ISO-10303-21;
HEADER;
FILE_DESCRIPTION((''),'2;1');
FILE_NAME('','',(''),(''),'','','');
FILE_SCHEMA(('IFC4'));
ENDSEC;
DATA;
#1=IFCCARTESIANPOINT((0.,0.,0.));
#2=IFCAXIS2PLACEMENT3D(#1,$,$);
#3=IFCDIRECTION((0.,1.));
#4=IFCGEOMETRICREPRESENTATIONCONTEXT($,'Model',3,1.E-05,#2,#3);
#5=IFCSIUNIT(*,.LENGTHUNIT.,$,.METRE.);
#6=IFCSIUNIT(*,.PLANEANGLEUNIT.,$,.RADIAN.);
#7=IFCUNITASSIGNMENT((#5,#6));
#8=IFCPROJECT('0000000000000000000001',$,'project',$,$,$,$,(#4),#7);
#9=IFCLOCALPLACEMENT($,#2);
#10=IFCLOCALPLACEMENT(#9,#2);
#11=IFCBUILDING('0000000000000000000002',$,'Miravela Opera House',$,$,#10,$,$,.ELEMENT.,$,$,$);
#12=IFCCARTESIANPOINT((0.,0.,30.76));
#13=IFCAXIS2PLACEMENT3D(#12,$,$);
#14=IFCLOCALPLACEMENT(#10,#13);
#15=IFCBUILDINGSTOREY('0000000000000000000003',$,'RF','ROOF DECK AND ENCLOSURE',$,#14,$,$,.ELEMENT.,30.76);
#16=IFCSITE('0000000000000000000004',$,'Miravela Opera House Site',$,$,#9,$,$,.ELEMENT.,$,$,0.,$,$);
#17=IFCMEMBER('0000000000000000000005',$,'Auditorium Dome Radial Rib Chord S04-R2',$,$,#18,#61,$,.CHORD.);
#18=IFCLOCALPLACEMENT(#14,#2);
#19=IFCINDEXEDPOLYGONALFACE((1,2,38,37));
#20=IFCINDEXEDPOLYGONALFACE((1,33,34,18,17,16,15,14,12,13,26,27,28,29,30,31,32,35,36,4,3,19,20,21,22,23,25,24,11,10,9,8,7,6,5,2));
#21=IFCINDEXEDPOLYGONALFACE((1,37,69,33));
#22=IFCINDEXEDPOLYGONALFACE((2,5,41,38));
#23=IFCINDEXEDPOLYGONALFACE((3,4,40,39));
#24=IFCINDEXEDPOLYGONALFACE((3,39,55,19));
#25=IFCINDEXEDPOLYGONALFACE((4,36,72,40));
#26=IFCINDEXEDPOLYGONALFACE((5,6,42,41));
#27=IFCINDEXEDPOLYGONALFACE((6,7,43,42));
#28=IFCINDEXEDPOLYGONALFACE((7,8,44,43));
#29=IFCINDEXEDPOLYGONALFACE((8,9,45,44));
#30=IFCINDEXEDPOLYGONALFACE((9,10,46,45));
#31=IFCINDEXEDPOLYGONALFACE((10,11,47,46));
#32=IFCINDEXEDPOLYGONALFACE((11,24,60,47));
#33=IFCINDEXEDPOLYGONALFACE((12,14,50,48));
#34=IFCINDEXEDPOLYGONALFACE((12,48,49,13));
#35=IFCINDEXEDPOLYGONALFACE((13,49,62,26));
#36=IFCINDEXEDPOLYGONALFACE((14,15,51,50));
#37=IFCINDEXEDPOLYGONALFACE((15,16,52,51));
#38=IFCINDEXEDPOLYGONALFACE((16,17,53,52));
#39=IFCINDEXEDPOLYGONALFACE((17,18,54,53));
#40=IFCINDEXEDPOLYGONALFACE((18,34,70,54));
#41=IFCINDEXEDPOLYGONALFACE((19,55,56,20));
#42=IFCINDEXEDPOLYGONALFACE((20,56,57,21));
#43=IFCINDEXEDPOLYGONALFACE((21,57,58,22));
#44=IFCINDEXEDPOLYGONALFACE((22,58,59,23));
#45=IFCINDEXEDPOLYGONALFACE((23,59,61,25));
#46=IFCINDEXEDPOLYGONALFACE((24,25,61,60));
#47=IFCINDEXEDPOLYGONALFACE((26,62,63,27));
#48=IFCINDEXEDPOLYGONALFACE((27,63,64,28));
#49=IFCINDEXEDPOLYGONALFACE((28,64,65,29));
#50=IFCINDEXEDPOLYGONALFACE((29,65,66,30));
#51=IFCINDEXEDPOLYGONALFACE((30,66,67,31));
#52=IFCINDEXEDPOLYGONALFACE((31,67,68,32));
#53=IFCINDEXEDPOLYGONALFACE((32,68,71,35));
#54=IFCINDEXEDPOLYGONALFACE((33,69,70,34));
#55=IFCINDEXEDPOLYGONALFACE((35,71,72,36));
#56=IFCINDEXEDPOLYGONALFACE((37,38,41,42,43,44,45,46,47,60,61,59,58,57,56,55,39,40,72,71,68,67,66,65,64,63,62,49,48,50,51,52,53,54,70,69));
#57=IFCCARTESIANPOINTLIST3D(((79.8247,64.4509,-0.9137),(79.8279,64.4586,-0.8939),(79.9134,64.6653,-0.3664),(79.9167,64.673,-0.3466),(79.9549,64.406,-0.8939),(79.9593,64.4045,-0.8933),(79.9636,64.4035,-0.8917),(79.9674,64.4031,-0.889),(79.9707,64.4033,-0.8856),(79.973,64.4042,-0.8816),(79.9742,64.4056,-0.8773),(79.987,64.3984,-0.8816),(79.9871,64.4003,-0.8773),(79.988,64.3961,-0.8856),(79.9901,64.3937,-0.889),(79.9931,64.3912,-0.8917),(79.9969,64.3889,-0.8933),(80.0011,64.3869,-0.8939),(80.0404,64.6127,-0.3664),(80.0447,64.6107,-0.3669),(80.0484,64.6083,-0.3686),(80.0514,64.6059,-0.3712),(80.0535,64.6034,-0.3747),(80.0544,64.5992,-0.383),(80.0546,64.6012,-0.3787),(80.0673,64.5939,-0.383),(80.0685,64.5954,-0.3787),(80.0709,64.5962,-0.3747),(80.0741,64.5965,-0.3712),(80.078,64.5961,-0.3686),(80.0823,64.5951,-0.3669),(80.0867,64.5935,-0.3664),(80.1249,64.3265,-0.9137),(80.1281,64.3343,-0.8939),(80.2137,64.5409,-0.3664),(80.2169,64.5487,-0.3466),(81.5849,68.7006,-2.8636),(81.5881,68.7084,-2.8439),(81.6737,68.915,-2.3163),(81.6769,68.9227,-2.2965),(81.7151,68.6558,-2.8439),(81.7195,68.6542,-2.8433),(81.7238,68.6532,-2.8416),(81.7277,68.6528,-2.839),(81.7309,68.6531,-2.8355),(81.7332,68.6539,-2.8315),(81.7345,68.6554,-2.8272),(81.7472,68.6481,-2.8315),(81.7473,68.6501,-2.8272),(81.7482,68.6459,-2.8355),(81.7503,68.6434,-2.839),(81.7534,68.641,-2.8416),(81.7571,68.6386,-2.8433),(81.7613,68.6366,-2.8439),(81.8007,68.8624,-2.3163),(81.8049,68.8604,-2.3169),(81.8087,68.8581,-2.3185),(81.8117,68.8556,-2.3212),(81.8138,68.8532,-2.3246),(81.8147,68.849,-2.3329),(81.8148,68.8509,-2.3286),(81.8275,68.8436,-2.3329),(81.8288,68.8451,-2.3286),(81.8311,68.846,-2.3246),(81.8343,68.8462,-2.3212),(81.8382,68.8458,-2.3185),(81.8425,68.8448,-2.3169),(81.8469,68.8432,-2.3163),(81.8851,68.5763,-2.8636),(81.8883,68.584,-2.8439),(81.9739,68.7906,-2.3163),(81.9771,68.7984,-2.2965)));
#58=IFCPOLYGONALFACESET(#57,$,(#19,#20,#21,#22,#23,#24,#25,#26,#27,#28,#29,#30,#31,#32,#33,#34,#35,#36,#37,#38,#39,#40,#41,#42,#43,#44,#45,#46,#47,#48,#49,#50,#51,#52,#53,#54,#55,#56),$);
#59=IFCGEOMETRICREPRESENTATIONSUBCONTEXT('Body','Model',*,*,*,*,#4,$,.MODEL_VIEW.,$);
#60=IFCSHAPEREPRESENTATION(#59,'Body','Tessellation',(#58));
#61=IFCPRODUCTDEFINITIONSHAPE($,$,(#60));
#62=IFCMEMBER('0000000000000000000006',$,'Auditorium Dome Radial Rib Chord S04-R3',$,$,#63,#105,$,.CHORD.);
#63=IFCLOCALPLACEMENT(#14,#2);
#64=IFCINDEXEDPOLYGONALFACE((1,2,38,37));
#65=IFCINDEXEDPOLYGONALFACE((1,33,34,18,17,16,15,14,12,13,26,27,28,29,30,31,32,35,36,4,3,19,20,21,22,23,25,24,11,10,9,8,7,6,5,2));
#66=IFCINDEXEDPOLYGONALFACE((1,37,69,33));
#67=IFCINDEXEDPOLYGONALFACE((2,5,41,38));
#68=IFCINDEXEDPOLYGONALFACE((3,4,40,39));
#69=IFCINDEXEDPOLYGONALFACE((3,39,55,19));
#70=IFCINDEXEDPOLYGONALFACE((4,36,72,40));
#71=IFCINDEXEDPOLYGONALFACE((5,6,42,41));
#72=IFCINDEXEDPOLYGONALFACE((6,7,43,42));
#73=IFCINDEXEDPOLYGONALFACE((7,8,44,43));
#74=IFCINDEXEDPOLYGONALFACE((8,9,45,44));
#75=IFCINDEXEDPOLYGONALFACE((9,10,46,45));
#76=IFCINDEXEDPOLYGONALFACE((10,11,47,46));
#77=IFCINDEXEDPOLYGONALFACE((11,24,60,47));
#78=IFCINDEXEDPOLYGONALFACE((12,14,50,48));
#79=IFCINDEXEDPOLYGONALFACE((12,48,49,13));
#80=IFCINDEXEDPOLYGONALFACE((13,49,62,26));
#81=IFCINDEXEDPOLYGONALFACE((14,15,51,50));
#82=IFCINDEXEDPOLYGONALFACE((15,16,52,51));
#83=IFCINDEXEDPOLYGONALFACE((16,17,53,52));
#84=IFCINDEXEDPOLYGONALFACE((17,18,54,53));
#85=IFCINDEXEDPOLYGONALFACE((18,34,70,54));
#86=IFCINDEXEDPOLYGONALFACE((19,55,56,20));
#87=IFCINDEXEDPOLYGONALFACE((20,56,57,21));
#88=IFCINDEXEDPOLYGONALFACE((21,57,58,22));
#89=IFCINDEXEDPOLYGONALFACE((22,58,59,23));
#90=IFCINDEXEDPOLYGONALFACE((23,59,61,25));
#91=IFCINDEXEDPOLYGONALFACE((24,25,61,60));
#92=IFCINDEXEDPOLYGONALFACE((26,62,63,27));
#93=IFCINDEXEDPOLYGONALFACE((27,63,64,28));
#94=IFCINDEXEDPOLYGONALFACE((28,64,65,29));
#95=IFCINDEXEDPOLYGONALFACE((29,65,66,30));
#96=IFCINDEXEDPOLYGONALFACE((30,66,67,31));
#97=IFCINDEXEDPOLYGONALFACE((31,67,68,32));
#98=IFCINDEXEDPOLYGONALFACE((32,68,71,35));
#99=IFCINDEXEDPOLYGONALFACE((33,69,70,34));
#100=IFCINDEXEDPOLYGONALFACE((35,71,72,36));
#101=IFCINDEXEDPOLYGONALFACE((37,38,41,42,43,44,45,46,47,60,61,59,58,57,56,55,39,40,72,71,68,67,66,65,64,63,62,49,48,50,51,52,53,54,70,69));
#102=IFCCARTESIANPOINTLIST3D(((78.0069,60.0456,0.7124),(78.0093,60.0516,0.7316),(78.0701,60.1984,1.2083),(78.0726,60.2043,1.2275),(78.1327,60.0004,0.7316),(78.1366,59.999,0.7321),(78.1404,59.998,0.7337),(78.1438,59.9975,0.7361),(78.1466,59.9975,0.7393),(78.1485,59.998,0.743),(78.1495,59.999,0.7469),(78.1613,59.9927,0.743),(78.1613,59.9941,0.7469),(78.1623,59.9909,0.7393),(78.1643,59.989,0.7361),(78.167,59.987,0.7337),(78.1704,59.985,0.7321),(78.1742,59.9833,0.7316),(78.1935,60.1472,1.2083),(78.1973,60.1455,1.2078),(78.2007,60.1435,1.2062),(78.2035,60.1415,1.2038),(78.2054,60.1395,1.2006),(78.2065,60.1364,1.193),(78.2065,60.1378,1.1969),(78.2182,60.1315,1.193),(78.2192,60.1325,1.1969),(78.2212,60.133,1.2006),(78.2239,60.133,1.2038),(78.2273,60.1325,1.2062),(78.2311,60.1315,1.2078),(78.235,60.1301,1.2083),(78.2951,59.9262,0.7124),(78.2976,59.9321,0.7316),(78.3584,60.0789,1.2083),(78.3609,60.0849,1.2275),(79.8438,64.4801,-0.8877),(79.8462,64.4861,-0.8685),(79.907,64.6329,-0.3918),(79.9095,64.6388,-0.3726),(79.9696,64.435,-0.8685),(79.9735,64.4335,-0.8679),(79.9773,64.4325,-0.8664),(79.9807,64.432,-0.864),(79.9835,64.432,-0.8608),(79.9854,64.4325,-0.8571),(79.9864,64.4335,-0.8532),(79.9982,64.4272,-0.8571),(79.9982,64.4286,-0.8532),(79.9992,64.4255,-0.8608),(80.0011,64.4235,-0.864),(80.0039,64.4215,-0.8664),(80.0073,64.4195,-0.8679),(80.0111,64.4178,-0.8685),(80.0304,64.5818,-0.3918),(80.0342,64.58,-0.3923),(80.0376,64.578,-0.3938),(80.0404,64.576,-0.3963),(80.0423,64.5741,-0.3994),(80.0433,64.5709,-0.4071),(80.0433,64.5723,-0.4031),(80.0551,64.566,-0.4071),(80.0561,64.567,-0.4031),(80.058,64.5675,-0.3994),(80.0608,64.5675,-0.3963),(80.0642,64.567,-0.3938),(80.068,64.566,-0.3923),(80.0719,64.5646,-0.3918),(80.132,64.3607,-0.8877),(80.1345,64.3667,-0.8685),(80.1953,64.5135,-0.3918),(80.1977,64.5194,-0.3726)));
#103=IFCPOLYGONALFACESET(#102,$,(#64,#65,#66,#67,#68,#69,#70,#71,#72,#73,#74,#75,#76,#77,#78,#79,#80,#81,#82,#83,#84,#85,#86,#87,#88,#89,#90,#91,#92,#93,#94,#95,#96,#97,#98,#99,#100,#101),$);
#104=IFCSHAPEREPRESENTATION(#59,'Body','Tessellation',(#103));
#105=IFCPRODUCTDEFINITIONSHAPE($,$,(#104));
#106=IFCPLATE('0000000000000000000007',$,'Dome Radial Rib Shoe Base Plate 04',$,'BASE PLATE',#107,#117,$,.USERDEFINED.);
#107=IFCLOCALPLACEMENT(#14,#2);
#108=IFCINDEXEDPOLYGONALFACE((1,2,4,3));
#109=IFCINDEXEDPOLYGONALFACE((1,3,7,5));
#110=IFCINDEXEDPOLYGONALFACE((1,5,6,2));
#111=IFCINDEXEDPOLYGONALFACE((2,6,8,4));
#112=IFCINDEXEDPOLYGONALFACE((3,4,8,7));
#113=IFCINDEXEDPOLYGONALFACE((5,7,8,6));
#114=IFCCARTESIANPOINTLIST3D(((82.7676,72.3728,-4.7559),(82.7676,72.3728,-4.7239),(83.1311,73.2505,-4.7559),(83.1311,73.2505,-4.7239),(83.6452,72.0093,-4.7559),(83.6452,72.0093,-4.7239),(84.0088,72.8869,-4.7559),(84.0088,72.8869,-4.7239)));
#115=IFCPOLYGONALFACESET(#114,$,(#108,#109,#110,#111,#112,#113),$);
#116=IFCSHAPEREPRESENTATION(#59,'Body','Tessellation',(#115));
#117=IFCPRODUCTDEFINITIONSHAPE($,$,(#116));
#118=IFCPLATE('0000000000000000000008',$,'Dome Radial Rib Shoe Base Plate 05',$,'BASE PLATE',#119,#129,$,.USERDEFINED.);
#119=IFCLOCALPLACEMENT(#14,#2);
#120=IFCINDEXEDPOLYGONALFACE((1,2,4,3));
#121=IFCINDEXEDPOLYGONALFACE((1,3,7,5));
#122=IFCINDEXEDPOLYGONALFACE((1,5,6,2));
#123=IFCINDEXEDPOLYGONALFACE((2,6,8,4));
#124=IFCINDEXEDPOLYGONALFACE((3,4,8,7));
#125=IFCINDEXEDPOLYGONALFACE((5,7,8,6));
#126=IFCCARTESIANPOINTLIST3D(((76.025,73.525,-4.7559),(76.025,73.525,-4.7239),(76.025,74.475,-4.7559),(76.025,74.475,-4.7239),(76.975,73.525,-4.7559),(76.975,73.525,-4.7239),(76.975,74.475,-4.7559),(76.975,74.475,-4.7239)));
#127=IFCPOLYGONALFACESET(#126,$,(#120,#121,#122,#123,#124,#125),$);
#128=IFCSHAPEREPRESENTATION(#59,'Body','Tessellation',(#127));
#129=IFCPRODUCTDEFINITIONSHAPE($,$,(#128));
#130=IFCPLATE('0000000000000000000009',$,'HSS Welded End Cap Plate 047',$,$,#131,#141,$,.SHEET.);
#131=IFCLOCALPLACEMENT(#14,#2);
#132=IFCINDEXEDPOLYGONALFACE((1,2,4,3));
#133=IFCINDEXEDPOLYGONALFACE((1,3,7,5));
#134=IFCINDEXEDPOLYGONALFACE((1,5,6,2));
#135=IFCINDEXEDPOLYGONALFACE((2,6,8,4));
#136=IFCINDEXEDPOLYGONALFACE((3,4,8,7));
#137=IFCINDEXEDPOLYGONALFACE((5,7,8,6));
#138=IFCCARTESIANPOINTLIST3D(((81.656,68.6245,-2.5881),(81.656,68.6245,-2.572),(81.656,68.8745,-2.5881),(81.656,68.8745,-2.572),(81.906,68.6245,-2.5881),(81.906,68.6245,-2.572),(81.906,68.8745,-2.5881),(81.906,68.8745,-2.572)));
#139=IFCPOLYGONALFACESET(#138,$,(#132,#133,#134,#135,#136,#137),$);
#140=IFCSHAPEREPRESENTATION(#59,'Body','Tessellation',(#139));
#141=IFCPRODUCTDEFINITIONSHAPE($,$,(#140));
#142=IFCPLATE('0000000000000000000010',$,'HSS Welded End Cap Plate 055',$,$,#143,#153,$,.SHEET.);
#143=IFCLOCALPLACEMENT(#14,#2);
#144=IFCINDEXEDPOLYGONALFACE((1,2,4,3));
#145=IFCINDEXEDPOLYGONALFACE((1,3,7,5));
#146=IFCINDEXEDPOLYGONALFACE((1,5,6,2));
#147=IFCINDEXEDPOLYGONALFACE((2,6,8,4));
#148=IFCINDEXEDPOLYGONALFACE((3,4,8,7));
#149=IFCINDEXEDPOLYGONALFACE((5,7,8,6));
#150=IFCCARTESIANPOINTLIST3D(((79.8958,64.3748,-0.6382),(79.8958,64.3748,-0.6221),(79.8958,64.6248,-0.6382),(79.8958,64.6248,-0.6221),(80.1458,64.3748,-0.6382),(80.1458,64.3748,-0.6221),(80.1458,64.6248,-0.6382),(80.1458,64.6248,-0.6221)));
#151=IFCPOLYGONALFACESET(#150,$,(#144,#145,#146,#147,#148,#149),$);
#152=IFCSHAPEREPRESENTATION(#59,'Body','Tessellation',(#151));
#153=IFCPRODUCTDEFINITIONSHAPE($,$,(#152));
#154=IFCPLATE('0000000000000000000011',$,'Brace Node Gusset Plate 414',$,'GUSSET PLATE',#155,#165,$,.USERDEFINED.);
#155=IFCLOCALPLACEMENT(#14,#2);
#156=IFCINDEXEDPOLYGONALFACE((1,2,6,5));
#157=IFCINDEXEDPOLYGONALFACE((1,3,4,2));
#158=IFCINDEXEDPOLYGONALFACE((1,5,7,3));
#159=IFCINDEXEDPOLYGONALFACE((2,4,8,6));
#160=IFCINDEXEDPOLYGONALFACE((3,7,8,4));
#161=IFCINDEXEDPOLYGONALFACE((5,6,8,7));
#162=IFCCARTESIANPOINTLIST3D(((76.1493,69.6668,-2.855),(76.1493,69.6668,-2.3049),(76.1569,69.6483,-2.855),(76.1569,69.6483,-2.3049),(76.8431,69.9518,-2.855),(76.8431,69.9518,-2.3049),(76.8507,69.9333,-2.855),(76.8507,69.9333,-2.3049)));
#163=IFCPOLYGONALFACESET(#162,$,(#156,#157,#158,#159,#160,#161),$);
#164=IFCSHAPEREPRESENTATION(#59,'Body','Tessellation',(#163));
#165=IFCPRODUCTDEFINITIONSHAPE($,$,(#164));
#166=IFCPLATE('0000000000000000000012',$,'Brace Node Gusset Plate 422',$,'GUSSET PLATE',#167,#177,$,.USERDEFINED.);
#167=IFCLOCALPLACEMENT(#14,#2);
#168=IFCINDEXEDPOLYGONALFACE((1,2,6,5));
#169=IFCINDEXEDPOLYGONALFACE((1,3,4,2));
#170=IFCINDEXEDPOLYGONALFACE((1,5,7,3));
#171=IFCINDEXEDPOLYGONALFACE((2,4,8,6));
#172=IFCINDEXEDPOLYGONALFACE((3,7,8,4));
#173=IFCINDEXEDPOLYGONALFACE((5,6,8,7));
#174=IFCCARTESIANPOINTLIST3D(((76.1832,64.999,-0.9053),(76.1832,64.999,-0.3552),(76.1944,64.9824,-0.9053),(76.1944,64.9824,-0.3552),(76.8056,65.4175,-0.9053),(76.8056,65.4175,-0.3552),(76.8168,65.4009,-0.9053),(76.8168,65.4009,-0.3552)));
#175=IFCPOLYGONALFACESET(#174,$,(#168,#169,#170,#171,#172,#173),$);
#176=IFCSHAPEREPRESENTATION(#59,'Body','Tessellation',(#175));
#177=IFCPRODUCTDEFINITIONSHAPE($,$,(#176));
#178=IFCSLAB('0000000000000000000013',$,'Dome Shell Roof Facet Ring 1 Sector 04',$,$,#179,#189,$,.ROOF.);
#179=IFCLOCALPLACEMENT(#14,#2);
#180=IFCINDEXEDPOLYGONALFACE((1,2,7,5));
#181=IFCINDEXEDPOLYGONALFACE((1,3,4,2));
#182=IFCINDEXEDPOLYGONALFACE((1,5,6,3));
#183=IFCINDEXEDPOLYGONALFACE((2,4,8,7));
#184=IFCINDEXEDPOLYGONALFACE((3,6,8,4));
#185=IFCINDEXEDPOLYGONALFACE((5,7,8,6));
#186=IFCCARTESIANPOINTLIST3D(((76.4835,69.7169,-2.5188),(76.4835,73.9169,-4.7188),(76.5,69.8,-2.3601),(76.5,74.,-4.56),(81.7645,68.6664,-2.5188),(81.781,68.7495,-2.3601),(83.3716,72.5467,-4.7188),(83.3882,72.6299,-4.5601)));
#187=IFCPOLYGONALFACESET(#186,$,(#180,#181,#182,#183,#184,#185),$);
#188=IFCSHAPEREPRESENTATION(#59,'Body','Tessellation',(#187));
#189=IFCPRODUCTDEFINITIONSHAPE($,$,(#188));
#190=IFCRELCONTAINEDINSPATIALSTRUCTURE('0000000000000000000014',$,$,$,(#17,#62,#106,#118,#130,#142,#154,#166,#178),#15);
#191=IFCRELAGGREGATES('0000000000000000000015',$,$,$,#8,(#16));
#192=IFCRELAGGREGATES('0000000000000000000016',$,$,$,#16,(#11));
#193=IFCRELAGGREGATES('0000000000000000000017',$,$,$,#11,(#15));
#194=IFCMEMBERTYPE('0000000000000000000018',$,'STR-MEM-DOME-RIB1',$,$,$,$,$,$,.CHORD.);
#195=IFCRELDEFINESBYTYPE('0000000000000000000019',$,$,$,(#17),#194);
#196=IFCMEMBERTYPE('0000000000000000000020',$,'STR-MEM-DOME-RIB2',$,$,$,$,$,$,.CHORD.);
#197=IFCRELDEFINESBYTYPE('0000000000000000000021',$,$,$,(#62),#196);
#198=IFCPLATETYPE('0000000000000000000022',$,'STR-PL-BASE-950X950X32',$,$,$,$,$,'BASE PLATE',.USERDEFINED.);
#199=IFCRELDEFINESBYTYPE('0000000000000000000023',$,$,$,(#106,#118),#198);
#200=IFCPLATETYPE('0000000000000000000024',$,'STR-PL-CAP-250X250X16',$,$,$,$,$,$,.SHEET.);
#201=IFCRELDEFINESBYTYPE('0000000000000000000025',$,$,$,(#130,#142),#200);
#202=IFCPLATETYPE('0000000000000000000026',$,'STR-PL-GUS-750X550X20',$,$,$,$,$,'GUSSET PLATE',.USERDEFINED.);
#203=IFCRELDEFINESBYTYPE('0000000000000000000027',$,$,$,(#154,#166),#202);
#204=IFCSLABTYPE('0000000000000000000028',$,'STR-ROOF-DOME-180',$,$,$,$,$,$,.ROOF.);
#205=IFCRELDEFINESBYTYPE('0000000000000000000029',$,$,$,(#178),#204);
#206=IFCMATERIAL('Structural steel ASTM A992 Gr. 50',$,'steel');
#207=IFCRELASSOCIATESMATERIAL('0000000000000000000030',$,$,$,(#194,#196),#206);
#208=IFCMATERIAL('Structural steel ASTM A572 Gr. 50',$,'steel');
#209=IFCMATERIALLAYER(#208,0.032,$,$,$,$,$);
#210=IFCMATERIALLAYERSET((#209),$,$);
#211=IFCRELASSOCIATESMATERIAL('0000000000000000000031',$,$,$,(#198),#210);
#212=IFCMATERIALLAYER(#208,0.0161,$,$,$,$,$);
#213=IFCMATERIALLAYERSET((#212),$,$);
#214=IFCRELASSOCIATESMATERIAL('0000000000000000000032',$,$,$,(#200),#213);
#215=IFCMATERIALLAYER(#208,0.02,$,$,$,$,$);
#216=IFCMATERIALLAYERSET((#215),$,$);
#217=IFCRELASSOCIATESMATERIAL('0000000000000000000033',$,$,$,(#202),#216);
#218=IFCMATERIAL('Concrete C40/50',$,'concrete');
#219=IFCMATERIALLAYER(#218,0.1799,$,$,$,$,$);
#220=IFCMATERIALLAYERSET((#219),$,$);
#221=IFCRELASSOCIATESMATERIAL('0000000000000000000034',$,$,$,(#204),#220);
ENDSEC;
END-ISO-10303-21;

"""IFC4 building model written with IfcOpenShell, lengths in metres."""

from ifc_helpers import new_model, si_unit, direction, frame, origin, origin_2d, place, context, subcontext, project, spatial, polyline, rectangle, i_section, outline, extrude, material, layer, layer_set, material_profile, profile_set, type_object, element, save


model = new_model("IFC4")

# Units and contexts
model_context = context("Model", 3, precision=1e-05, world=origin(), true_north=direction((0.0, 1.0)))
body_context = subcontext(model_context, "Body", "Model", "MODEL_VIEW")
ifc_project = project(units=[si_unit("LENGTHUNIT", "METRE"), si_unit("PLANEANGLEUNIT", "RADIAN")], contexts=[model_context])

# Site, building, storey
site_placement = place(None, origin())
site = spatial("IfcSite", under=ifc_project, at=site_placement, Name="Miravela Opera House Site", CompositionType="ELEMENT", RefElevation=0.0)
building_placement = place(site_placement, origin())
building = spatial("IfcBuilding", under=site, at=building_placement, Name="Miravela Opera House", CompositionType="ELEMENT")
storey_placement = place(building_placement, frame((0.0, 0.0, 30.76)))
storey = spatial("IfcBuildingStorey", under=building, at=storey_placement, Name="RF", Description="ROOF DECK AND ENCLOSURE", CompositionType="ELEMENT", Elevation=30.76)

# Shared definitions
ifc_material_1 = material(Name="Structural steel ASTM A992 Gr. 50", Category="steel")

# Members
ifc_material_profile_1 = material_profile(ifc_material_1, i_section(OverallWidth=0.325, OverallDepth=0.616, WebThickness=0.0139, FlangeThickness=0.0215, FilletRadius=0.0181, at=origin_2d()), Name="W610X174")
ifc_profile_set_1 = profile_set([ifc_material_profile_1])
member_type_1 = type_object("IfcMemberType", Name="STR-MEM-DOME-RIB1", PredefinedType="CHORD", material=ifc_profile_set_1)
member_1_placement = place(storey_placement, frame((81.781, 68.7495, -2.5801), z_axis=(-0.352324, -0.850611, 0.390293), x_axis=(0.923884, -0.382674, 0.0)))
element("IfcMember", 1, at=member_1_placement, inside=storey, type_object=member_type_1, Name="Auditorium Dome Radial Rib Chord S04-R2", PredefinedType="CHORD", context=body_context, shape_type="SweptSolid", body=[
    extrude(i_section(OverallWidth=0.325, OverallDepth=0.616, WebThickness=0.0139, FlangeThickness=0.0215, FilletRadius=0.0181, at=origin_2d()), origin(), (0.0, 0.0, 1.0), 4.9961),
])
ifc_material_profile_2 = material_profile(ifc_material_1, i_section(OverallWidth=0.312, OverallDepth=0.543, WebThickness=0.0127, FlangeThickness=0.0203, FilletRadius=0.0161, at=origin_2d()), Name="W530X150")
ifc_profile_set_2 = profile_set([ifc_material_profile_2])
member_type_2 = type_object("IfcMemberType", Name="STR-MEM-DOME-RIB2", PredefinedType="CHORD", material=ifc_profile_set_2)
member_2_placement = place(storey_placement, frame((80.0208, 64.4998, -0.6301), z_axis=(-0.363052, -0.876459, 0.316247), x_axis=(0.923875, -0.382693, 0.0)))
element("IfcMember", 2, at=member_2_placement, inside=storey, type_object=member_type_2, Name="Auditorium Dome Radial Rib Chord S04-R3", PredefinedType="CHORD", context=body_context, shape_type="SweptSolid", body=[
    extrude(i_section(OverallWidth=0.312, OverallDepth=0.543, WebThickness=0.0127, FlangeThickness=0.0203, FilletRadius=0.0161, at=origin_2d()), origin(), (0.0, 0.0, 1.0), 5.0596),
])

# Plates
ifc_material_2 = material(Name="Structural steel ASTM A572 Gr. 50", Category="steel")
ifc_layer_1 = layer(ifc_material_2, 0.032)
ifc_layer_set_1 = layer_set([ifc_layer_1])
plate_type_1 = type_object("IfcPlateType", Name="STR-PL-BASE-950X950X32", ElementType="BASE PLATE", PredefinedType="USERDEFINED", material=ifc_layer_set_1)
for number, where, z_axis, x_axis, name in (
    (3, (83.3882, 72.6299, -4.7559), (0.0, 0.0, 1.0), (0.382683, 0.92388, 0.0), "Dome Radial Rib Shoe Base Plate 04"),
    (4, (76.5, 74.0, -4.7559), (0.0, 0.0, 1.0), (0.0, 1.0, 0.0), "Dome Radial Rib Shoe Base Plate 05"),
):
    element("IfcPlate", number, at=place(storey_placement, frame(where, z_axis=z_axis, x_axis=x_axis)), inside=storey, type_object=plate_type_1, Name=name, ObjectType="BASE PLATE", PredefinedType="USERDEFINED", context=body_context, shape_type="SweptSolid", body=[
        extrude(rectangle(XDim=0.95, YDim=0.95, at=origin_2d()), origin(), (0.0, 0.0, 1.0), 0.032),
    ])
ifc_layer_2 = layer(ifc_material_2, 0.0161)
ifc_layer_set_2 = layer_set([ifc_layer_2])
plate_type_2 = type_object("IfcPlateType", Name="STR-PL-CAP-250X250X16", PredefinedType="SHEET", material=ifc_layer_set_2)
for number, where, z_axis, x_axis, name in (
    (5, (81.781, 68.7495, -2.5881), (0.0, 0.0, 1.0), (1.0, 0.0, 0.0), "HSS Welded End Cap Plate 047"),
    (6, (80.0208, 64.4998, -0.6382), (0.0, 0.0, 1.0), (1.0, 0.0, 0.0), "HSS Welded End Cap Plate 055"),
):
    element("IfcPlate", number, at=place(storey_placement, frame(where, z_axis=z_axis, x_axis=x_axis)), inside=storey, type_object=plate_type_2, Name=name, PredefinedType="SHEET", context=body_context, shape_type="SweptSolid", body=[
        extrude(rectangle(XDim=0.25, YDim=0.25, at=origin_2d()), origin(), (0.0, 0.0, 1.0), 0.0161),
    ])
ifc_layer_3 = layer(ifc_material_2, 0.02)
ifc_layer_set_3 = layer_set([ifc_layer_3])
plate_type_3 = type_object("IfcPlateType", Name="STR-PL-GUS-750X550X20", ElementType="GUSSET PLATE", PredefinedType="USERDEFINED", material=ifc_layer_set_3)
for number, where, z_axis, x_axis, name in (
    (7, (76.5, 69.8, -2.855), (0.0, 0.0, 1.0), (0.925011, 0.379941, 0.0), "Brace Node Gusset Plate 414"),
    (8, (76.5, 65.2, -0.9053), (0.0, 0.0, 1.0), (0.829915, 0.55789, 0.0), "Brace Node Gusset Plate 422"),
):
    element("IfcPlate", number, at=place(storey_placement, frame(where, z_axis=z_axis, x_axis=x_axis)), inside=storey, type_object=plate_type_3, Name=name, ObjectType="GUSSET PLATE", PredefinedType="USERDEFINED", context=body_context, shape_type="SweptSolid", body=[
        extrude(rectangle(XDim=0.75, YDim=0.02, at=origin_2d()), origin(), (0.0, 0.0, 1.0), 0.55),
    ])

# Slab
ifc_material_3 = material(Name="Concrete C40/50", Category="concrete")
ifc_layer_4 = layer(ifc_material_3, 0.1799)
ifc_layer_set_4 = layer_set([ifc_layer_4])
slab_type = type_object("IfcSlabType", Name="STR-ROOF-DOME-180", PredefinedType="ROOF", material=ifc_layer_set_4)
slab_1_placement = place(storey_placement, frame((83.3882, 72.6299, -4.5601), z_axis=(0.091906, 0.462034, 0.882087), x_axis=(-0.980786, 0.195088, 0.000003)))
element("IfcSlab", 9, at=slab_1_placement, inside=storey, type_object=slab_type, Name="Dome Shell Roof Facet Ring 1 Sector 04", PredefinedType="ROOF", context=body_context, shape_type="SweptSolid", body=[
    extrude(outline(polyline([(0.0, 0.0), (7.0231, 0.0), (6.2038, 4.6699), (0.8193, 4.67), (0.0, 0.0)])), origin(), (0.0, 0.0, -1.0), 0.1799),
])

save(model, "model.ifc")
